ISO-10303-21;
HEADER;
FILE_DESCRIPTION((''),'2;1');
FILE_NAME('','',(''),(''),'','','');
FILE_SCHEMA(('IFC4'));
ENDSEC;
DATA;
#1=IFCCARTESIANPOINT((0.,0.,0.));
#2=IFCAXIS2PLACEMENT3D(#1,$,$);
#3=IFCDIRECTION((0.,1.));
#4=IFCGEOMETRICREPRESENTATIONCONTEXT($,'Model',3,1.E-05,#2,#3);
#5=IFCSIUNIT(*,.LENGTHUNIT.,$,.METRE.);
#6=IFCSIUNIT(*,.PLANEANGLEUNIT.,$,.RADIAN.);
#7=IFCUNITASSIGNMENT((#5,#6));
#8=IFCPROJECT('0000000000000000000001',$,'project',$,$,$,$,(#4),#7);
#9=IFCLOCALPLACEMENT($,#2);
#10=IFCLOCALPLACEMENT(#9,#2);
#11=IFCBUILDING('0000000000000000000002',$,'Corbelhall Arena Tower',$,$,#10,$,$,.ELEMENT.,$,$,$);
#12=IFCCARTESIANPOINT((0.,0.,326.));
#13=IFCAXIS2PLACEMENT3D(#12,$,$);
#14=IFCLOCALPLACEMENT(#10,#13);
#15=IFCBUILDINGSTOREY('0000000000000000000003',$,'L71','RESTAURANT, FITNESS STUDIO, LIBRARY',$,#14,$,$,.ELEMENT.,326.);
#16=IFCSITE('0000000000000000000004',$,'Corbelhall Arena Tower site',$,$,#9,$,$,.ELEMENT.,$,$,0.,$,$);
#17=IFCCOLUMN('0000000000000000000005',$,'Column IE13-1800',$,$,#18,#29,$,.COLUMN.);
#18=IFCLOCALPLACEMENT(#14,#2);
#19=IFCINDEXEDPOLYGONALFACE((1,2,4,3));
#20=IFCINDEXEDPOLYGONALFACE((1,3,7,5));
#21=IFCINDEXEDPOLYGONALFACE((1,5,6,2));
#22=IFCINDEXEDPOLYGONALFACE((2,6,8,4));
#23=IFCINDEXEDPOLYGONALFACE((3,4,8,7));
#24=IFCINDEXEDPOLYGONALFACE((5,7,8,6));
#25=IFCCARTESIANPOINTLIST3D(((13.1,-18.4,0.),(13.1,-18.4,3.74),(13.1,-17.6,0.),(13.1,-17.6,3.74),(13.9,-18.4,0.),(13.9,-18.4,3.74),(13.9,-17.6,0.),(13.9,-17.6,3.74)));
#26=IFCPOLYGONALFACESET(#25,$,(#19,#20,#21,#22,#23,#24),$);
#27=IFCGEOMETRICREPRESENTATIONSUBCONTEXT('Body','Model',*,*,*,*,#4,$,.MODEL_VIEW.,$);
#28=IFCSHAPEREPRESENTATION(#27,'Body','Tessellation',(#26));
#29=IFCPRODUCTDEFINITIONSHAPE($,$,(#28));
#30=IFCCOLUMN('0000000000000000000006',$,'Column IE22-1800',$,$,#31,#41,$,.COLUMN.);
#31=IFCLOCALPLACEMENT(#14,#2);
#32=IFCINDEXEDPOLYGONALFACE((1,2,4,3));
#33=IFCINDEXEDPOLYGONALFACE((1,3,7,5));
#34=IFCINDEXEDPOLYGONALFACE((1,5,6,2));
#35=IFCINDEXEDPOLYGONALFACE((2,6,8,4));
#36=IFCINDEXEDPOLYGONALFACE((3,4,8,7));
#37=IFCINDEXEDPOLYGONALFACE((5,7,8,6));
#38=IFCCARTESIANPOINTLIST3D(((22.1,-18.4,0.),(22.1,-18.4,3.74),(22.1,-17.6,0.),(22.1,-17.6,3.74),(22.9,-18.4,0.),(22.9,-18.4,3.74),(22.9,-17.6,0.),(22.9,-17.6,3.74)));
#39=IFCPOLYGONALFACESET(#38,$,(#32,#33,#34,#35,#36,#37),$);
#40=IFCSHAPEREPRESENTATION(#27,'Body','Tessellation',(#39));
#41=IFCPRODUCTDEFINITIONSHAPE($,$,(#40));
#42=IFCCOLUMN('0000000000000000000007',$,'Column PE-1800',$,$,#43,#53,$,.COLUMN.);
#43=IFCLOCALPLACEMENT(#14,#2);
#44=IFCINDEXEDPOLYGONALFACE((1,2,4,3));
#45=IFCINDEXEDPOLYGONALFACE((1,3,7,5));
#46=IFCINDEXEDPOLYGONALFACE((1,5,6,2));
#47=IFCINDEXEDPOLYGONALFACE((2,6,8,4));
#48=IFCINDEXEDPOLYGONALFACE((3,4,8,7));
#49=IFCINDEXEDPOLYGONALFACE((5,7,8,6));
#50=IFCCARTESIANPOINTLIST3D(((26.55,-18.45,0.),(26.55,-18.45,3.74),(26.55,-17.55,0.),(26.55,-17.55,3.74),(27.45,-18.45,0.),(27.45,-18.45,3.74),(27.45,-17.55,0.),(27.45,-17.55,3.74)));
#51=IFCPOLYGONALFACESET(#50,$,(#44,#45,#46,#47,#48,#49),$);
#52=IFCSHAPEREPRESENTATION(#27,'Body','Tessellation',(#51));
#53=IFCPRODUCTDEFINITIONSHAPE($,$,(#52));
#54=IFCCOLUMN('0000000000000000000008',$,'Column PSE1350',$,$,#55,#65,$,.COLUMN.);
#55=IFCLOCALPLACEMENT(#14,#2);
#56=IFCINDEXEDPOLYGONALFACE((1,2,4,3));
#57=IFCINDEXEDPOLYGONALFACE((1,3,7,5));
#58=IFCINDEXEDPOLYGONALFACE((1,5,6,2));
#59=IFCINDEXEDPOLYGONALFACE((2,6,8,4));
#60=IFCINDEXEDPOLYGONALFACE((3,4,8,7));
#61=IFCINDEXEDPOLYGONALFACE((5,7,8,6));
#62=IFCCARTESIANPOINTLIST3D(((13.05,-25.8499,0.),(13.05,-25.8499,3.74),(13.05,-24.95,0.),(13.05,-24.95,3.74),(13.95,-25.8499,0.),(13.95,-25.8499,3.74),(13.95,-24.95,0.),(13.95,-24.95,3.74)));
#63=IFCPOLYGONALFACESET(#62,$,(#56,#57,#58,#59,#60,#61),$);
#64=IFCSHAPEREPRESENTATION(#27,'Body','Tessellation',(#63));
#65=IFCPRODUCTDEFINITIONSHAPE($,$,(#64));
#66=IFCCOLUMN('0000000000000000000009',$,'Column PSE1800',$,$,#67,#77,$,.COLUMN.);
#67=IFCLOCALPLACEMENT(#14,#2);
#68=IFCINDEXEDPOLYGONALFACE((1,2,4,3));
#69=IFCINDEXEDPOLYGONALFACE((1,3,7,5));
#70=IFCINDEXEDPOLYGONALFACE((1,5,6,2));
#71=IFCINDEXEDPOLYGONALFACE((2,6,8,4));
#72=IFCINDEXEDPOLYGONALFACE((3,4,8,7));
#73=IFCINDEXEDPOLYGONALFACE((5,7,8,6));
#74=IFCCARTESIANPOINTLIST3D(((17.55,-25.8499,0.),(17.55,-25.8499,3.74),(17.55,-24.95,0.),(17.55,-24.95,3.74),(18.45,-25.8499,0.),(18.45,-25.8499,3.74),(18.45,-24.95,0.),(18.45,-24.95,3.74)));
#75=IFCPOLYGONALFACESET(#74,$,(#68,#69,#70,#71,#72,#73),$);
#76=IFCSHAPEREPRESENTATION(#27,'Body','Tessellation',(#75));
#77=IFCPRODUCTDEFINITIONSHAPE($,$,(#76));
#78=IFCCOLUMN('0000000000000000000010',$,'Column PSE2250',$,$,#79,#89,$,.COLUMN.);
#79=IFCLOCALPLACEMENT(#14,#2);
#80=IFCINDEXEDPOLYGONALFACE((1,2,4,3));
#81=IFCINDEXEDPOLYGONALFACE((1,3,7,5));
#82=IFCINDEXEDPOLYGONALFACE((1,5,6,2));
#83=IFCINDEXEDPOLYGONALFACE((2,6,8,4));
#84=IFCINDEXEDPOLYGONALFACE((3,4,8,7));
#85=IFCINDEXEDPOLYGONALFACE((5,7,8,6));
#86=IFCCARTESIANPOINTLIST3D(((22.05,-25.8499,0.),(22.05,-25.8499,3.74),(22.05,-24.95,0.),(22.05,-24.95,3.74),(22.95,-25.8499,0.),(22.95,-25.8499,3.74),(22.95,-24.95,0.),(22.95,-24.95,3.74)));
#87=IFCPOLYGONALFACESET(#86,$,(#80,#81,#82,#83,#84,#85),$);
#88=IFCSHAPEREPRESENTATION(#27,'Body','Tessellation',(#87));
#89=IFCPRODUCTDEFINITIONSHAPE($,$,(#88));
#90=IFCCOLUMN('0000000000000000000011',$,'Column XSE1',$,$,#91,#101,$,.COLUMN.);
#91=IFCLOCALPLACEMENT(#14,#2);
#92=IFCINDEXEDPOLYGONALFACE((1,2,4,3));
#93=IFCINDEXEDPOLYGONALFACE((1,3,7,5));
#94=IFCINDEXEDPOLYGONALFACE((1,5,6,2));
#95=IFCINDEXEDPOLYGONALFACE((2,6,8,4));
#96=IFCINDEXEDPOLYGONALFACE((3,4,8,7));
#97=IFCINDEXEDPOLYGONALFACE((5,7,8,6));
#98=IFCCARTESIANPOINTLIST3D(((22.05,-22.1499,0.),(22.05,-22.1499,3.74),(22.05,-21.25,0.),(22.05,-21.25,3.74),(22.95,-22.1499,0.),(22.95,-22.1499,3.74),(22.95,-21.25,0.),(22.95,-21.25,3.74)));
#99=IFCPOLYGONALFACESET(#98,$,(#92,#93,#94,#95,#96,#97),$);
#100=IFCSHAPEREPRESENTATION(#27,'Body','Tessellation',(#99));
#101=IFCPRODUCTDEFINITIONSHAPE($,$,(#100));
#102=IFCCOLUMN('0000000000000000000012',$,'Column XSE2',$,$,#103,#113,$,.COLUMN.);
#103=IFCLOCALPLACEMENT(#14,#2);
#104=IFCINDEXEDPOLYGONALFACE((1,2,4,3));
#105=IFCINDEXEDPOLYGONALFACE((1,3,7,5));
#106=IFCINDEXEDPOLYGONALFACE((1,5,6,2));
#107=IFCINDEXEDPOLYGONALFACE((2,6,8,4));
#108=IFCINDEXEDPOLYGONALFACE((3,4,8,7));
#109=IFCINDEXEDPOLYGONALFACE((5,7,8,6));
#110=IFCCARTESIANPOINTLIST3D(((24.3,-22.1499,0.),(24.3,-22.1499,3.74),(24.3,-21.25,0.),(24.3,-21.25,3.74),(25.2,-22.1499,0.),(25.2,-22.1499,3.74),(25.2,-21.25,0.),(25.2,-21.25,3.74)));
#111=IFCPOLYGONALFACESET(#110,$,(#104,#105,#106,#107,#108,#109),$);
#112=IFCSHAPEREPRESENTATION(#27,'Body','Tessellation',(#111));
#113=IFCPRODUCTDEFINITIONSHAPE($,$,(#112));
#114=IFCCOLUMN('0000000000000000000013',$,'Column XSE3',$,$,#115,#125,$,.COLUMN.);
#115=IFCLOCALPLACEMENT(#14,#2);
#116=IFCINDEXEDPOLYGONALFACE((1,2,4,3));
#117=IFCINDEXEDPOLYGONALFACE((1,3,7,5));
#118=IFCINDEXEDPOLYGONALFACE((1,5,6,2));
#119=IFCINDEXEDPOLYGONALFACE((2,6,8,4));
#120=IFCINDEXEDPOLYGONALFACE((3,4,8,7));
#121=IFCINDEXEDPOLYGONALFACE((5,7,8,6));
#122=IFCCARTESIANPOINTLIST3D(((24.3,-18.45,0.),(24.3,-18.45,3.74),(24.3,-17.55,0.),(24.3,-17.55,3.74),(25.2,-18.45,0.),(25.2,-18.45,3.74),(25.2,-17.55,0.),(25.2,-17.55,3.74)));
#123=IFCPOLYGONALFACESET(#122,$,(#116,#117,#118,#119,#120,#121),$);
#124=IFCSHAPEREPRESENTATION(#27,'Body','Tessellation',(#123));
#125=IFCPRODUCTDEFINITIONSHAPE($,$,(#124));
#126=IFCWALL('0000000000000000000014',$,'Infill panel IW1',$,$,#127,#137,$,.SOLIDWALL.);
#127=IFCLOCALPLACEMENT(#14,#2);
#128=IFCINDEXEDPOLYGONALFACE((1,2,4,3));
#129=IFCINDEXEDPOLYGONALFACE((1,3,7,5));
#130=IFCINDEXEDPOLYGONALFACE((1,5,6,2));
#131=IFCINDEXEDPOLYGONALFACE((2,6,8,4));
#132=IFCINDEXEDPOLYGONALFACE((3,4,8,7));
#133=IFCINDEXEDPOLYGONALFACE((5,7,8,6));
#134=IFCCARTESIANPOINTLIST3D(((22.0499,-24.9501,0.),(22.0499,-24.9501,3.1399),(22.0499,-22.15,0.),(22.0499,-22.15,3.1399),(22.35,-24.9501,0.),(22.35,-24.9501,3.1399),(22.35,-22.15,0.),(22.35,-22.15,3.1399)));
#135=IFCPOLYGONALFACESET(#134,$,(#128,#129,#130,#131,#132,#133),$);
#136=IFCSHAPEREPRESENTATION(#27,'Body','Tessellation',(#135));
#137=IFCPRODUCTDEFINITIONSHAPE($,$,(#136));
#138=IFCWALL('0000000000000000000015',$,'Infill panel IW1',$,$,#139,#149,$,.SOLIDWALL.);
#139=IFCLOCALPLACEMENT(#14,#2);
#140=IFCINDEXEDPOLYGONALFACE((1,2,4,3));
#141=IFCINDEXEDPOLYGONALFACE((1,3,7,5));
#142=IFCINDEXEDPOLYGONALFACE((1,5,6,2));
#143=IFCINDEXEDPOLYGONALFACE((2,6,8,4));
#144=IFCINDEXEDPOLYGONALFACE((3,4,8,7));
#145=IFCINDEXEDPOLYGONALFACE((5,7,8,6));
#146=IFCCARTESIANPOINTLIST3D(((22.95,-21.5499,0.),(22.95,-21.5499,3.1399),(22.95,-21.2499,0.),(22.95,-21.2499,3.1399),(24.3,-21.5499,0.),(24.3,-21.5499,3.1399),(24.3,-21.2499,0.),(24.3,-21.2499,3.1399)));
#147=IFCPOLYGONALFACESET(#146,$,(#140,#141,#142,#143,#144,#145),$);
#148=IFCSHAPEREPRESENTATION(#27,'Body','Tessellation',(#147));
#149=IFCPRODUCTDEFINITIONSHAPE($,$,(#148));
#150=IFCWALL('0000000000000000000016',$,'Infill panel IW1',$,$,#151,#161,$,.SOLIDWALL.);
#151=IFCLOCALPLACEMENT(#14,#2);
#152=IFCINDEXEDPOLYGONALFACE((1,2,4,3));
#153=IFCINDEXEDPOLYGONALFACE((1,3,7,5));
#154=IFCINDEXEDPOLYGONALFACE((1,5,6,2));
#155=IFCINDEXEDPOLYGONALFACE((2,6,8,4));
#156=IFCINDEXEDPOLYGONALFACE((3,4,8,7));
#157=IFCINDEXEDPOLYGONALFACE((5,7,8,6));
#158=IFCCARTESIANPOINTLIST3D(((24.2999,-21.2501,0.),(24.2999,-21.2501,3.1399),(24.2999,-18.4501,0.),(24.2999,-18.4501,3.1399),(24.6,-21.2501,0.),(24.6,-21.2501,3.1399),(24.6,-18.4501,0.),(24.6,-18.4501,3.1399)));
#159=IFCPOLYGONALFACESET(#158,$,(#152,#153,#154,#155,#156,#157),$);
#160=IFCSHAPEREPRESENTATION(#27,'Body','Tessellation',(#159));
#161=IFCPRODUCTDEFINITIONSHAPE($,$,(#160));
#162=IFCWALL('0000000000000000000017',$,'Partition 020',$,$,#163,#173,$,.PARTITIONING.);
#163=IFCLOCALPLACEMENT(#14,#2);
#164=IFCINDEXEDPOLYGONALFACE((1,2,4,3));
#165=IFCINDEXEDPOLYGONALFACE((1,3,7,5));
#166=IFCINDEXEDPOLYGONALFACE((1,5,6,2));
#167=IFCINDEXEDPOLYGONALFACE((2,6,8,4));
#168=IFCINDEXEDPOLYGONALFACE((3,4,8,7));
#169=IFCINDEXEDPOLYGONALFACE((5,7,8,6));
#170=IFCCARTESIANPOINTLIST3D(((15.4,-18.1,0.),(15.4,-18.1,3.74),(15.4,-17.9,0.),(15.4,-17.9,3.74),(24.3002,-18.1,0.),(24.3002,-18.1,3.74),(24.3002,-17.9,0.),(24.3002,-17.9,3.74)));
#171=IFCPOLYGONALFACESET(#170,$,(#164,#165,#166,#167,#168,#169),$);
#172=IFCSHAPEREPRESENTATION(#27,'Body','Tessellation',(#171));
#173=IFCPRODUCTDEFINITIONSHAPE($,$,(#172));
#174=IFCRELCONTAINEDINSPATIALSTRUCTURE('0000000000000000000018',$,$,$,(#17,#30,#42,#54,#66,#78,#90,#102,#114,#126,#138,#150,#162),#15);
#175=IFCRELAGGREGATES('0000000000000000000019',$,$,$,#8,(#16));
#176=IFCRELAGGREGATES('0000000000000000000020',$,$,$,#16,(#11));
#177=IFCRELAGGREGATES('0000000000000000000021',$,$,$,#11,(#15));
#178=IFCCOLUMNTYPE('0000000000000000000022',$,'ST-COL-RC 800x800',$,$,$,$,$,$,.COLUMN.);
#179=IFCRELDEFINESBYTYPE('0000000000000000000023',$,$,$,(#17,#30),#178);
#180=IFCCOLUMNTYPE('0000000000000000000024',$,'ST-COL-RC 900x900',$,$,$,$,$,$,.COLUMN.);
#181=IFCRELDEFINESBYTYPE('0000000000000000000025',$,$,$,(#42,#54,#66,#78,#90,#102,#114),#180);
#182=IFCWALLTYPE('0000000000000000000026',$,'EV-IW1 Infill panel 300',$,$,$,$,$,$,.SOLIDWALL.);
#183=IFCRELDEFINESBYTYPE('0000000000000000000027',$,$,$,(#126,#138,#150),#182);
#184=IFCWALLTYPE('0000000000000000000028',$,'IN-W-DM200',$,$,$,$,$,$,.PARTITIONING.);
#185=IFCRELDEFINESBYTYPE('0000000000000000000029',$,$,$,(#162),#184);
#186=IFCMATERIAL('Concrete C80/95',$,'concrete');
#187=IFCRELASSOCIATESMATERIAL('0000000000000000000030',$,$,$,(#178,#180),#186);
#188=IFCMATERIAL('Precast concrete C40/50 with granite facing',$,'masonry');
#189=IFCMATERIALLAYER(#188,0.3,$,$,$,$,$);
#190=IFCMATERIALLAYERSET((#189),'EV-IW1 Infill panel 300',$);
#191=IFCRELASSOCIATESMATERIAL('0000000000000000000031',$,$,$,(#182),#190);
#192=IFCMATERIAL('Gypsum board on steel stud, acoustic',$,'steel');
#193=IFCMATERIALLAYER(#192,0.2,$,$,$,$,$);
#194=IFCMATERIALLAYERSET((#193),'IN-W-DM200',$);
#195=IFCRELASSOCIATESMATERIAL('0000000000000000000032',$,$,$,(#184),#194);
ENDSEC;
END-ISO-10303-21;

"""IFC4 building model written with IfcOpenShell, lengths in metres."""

from ifc_helpers import new_model, si_unit, direction, frame, frame_2d, origin, origin_2d, place, context, subcontext, project, spatial, rectangle, extrude, material, layer, layer_set, material_profile, profile_set, type_object, element, save


model = new_model("IFC4")

# Units and contexts
model_context = context("Model", 3, precision=1e-05, world=origin(), true_north=direction((0.0, 1.0)))
body_context = subcontext(model_context, "Body", "Model", "MODEL_VIEW")
ifc_project = project(units=[si_unit("LENGTHUNIT", "METRE"), si_unit("PLANEANGLEUNIT", "RADIAN")], contexts=[model_context])

# Site, building, storey
site_placement = place(None, origin())
site = spatial("IfcSite", under=ifc_project, at=site_placement, Name="Corbelhall Arena Tower site", CompositionType="ELEMENT", RefElevation=0.0)
building_placement = place(site_placement, origin())
building = spatial("IfcBuilding", under=site, at=building_placement, Name="Corbelhall Arena Tower", CompositionType="ELEMENT")
storey_placement = place(building_placement, frame((0.0, 0.0, 326.0)))
storey = spatial("IfcBuildingStorey", under=building, at=storey_placement, Name="L71", Description="RESTAURANT, FITNESS STUDIO, LIBRARY", CompositionType="ELEMENT", Elevation=326.0)

# Columns
ifc_material_1 = material(Name="Concrete C80/95", Category="concrete")
ifc_material_profile_1 = material_profile(ifc_material_1, rectangle(XDim=0.8, YDim=0.8, at=origin_2d()))
ifc_profile_set_1 = profile_set([ifc_material_profile_1], Name="Concrete C80/95")
column_type_1 = type_object("IfcColumnType", Name="ST-COL-RC 800x800", PredefinedType="COLUMN", material=ifc_profile_set_1)
for number, where, z_axis, x_axis, name in (
    (1, (13.5, -18.0, 0.0), (0.0, 0.0, 1.0), (1.0, 0.0, 0.0), "Column IE13-1800"),
    (2, (22.5, -18.0, 0.0), (0.0, 0.0, 1.0), (1.0, 0.0, 0.0), "Column IE22-1800"),
):
    element("IfcColumn", number, at=place(storey_placement, frame(where, z_axis=z_axis, x_axis=x_axis)), inside=storey, type_object=column_type_1, Name=name, PredefinedType="COLUMN", context=body_context, shape_type="SweptSolid", body=[
        extrude(rectangle(XDim=0.8, YDim=0.8, at=origin_2d()), origin(), (0.0, 0.0, 1.0), 3.74),
    ])
ifc_material_profile_2 = material_profile(ifc_material_1, rectangle(XDim=0.8999, YDim=0.8999, at=origin_2d()))
ifc_profile_set_2 = profile_set([ifc_material_profile_2], Name="Concrete C80/95")
column_type_2 = type_object("IfcColumnType", Name="ST-COL-RC 900x900", PredefinedType="COLUMN", material=ifc_profile_set_2)
for number, where, z_axis, x_axis, name in (
    (3, (27.0, -18.0, 0.0), (0.0, 0.0, 1.0), (0.0, 1.0, 0.0), "Column PE-1800"),
    (4, (13.5, -25.3999, 0.0), (0.0, 0.0, 1.0), (1.0, 0.0, 0.0), "Column PSE1350"),
    (5, (18.0, -25.3999, 0.0), (0.0, 0.0, 1.0), (1.0, 0.0, 0.0), "Column PSE1800"),
    (6, (22.5, -25.3999, 0.0), (0.0, 0.0, 1.0), (1.0, 0.0, 0.0), "Column PSE2250"),
    (7, (22.5, -21.7, 0.0), (0.0, 0.0, 1.0), (1.0, 0.0, 0.0), "Column XSE1"),
    (8, (24.75, -21.7, 0.0), (0.0, 0.0, 1.0), (1.0, 0.0, 0.0), "Column XSE2"),
    (9, (24.75, -18.0, 0.0), (0.0, 0.0, 1.0), (1.0, 0.0, 0.0), "Column XSE3"),
):
    element("IfcColumn", number, at=place(storey_placement, frame(where, z_axis=z_axis, x_axis=x_axis)), inside=storey, type_object=column_type_2, Name=name, PredefinedType="COLUMN", context=body_context, shape_type="SweptSolid", body=[
        extrude(rectangle(XDim=0.8999, YDim=0.8999, at=origin_2d()), origin(), (0.0, 0.0, 1.0), 3.74),
    ])

# Shared definitions
ifc_material_2 = material(Name="Precast concrete C40/50 with granite facing", Category="masonry")
ifc_layer_1 = layer(ifc_material_2, 0.3)
ifc_layer_set_1 = layer_set([ifc_layer_1], Name="EV-IW1 Infill panel 300")
wall_type_1 = type_object("IfcWallType", Name="EV-IW1 Infill panel 300", PredefinedType="SOLIDWALL", material=ifc_layer_set_1)

# Walls
wall_1_placement = place(storey_placement, frame((22.2, -24.95, 0.0), z_axis=(0.0, 0.0, 1.0), x_axis=(0.0, 1.0, 0.0)))
element("IfcWall", 10, at=wall_1_placement, inside=storey, type_object=wall_type_1, Name="Infill panel IW1", PredefinedType="SOLIDWALL", context=body_context, shape_type="SweptSolid", body=[
    extrude(rectangle(XDim=2.8, YDim=0.3, at=frame_2d((1.3999, 0.0))), origin(), (0.0, 0.0, 1.0), 3.1399),
])
wall_2_placement = place(storey_placement, frame((22.95, -21.3999, 0.0), z_axis=(0.0, 0.0, 1.0), x_axis=(1.0, 0.0, 0.0)))
element("IfcWall", 11, at=wall_2_placement, inside=storey, type_object=wall_type_1, Name="Infill panel IW1", PredefinedType="SOLIDWALL", context=body_context, shape_type="SweptSolid", body=[
    extrude(rectangle(XDim=1.3501, YDim=0.3, at=frame_2d((0.675, 0.0))), origin(), (0.0, 0.0, 1.0), 3.1399),
])
wall_3_placement = place(storey_placement, frame((24.45, -21.25, 0.0), z_axis=(0.0, 0.0, 1.0), x_axis=(0.0, 1.0, 0.0)))
element("IfcWall", 12, at=wall_3_placement, inside=storey, type_object=wall_type_1, Name="Infill panel IW1", PredefinedType="SOLIDWALL", context=body_context, shape_type="SweptSolid", body=[
    extrude(rectangle(XDim=2.8, YDim=0.3, at=frame_2d((1.3999, 0.0))), origin(), (0.0, 0.0, 1.0), 3.1399),
])

# Shared definitions
ifc_material_3 = material(Name="Gypsum board on steel stud, acoustic", Category="steel")
ifc_layer_2 = layer(ifc_material_3, 0.2)
ifc_layer_set_2 = layer_set([ifc_layer_2], Name="IN-W-DM200")
wall_type_2 = type_object("IfcWallType", Name="IN-W-DM200", PredefinedType="PARTITIONING", material=ifc_layer_set_2)

# Wall
wall_4_placement = place(storey_placement, frame((15.3999, -18.0, 0.0), z_axis=(0.0, 0.0, 1.0), x_axis=(1.0, 0.0, 0.0)))
element("IfcWall", 13, at=wall_4_placement, inside=storey, type_object=wall_type_2, Name="Partition 020", PredefinedType="PARTITIONING", context=body_context, shape_type="SweptSolid", body=[
    extrude(rectangle(XDim=8.9001, YDim=0.2, at=frame_2d((4.4502, 0.0))), origin(), (0.0, 0.0, 1.0), 3.74),
])

save(model, "model.ifc")
